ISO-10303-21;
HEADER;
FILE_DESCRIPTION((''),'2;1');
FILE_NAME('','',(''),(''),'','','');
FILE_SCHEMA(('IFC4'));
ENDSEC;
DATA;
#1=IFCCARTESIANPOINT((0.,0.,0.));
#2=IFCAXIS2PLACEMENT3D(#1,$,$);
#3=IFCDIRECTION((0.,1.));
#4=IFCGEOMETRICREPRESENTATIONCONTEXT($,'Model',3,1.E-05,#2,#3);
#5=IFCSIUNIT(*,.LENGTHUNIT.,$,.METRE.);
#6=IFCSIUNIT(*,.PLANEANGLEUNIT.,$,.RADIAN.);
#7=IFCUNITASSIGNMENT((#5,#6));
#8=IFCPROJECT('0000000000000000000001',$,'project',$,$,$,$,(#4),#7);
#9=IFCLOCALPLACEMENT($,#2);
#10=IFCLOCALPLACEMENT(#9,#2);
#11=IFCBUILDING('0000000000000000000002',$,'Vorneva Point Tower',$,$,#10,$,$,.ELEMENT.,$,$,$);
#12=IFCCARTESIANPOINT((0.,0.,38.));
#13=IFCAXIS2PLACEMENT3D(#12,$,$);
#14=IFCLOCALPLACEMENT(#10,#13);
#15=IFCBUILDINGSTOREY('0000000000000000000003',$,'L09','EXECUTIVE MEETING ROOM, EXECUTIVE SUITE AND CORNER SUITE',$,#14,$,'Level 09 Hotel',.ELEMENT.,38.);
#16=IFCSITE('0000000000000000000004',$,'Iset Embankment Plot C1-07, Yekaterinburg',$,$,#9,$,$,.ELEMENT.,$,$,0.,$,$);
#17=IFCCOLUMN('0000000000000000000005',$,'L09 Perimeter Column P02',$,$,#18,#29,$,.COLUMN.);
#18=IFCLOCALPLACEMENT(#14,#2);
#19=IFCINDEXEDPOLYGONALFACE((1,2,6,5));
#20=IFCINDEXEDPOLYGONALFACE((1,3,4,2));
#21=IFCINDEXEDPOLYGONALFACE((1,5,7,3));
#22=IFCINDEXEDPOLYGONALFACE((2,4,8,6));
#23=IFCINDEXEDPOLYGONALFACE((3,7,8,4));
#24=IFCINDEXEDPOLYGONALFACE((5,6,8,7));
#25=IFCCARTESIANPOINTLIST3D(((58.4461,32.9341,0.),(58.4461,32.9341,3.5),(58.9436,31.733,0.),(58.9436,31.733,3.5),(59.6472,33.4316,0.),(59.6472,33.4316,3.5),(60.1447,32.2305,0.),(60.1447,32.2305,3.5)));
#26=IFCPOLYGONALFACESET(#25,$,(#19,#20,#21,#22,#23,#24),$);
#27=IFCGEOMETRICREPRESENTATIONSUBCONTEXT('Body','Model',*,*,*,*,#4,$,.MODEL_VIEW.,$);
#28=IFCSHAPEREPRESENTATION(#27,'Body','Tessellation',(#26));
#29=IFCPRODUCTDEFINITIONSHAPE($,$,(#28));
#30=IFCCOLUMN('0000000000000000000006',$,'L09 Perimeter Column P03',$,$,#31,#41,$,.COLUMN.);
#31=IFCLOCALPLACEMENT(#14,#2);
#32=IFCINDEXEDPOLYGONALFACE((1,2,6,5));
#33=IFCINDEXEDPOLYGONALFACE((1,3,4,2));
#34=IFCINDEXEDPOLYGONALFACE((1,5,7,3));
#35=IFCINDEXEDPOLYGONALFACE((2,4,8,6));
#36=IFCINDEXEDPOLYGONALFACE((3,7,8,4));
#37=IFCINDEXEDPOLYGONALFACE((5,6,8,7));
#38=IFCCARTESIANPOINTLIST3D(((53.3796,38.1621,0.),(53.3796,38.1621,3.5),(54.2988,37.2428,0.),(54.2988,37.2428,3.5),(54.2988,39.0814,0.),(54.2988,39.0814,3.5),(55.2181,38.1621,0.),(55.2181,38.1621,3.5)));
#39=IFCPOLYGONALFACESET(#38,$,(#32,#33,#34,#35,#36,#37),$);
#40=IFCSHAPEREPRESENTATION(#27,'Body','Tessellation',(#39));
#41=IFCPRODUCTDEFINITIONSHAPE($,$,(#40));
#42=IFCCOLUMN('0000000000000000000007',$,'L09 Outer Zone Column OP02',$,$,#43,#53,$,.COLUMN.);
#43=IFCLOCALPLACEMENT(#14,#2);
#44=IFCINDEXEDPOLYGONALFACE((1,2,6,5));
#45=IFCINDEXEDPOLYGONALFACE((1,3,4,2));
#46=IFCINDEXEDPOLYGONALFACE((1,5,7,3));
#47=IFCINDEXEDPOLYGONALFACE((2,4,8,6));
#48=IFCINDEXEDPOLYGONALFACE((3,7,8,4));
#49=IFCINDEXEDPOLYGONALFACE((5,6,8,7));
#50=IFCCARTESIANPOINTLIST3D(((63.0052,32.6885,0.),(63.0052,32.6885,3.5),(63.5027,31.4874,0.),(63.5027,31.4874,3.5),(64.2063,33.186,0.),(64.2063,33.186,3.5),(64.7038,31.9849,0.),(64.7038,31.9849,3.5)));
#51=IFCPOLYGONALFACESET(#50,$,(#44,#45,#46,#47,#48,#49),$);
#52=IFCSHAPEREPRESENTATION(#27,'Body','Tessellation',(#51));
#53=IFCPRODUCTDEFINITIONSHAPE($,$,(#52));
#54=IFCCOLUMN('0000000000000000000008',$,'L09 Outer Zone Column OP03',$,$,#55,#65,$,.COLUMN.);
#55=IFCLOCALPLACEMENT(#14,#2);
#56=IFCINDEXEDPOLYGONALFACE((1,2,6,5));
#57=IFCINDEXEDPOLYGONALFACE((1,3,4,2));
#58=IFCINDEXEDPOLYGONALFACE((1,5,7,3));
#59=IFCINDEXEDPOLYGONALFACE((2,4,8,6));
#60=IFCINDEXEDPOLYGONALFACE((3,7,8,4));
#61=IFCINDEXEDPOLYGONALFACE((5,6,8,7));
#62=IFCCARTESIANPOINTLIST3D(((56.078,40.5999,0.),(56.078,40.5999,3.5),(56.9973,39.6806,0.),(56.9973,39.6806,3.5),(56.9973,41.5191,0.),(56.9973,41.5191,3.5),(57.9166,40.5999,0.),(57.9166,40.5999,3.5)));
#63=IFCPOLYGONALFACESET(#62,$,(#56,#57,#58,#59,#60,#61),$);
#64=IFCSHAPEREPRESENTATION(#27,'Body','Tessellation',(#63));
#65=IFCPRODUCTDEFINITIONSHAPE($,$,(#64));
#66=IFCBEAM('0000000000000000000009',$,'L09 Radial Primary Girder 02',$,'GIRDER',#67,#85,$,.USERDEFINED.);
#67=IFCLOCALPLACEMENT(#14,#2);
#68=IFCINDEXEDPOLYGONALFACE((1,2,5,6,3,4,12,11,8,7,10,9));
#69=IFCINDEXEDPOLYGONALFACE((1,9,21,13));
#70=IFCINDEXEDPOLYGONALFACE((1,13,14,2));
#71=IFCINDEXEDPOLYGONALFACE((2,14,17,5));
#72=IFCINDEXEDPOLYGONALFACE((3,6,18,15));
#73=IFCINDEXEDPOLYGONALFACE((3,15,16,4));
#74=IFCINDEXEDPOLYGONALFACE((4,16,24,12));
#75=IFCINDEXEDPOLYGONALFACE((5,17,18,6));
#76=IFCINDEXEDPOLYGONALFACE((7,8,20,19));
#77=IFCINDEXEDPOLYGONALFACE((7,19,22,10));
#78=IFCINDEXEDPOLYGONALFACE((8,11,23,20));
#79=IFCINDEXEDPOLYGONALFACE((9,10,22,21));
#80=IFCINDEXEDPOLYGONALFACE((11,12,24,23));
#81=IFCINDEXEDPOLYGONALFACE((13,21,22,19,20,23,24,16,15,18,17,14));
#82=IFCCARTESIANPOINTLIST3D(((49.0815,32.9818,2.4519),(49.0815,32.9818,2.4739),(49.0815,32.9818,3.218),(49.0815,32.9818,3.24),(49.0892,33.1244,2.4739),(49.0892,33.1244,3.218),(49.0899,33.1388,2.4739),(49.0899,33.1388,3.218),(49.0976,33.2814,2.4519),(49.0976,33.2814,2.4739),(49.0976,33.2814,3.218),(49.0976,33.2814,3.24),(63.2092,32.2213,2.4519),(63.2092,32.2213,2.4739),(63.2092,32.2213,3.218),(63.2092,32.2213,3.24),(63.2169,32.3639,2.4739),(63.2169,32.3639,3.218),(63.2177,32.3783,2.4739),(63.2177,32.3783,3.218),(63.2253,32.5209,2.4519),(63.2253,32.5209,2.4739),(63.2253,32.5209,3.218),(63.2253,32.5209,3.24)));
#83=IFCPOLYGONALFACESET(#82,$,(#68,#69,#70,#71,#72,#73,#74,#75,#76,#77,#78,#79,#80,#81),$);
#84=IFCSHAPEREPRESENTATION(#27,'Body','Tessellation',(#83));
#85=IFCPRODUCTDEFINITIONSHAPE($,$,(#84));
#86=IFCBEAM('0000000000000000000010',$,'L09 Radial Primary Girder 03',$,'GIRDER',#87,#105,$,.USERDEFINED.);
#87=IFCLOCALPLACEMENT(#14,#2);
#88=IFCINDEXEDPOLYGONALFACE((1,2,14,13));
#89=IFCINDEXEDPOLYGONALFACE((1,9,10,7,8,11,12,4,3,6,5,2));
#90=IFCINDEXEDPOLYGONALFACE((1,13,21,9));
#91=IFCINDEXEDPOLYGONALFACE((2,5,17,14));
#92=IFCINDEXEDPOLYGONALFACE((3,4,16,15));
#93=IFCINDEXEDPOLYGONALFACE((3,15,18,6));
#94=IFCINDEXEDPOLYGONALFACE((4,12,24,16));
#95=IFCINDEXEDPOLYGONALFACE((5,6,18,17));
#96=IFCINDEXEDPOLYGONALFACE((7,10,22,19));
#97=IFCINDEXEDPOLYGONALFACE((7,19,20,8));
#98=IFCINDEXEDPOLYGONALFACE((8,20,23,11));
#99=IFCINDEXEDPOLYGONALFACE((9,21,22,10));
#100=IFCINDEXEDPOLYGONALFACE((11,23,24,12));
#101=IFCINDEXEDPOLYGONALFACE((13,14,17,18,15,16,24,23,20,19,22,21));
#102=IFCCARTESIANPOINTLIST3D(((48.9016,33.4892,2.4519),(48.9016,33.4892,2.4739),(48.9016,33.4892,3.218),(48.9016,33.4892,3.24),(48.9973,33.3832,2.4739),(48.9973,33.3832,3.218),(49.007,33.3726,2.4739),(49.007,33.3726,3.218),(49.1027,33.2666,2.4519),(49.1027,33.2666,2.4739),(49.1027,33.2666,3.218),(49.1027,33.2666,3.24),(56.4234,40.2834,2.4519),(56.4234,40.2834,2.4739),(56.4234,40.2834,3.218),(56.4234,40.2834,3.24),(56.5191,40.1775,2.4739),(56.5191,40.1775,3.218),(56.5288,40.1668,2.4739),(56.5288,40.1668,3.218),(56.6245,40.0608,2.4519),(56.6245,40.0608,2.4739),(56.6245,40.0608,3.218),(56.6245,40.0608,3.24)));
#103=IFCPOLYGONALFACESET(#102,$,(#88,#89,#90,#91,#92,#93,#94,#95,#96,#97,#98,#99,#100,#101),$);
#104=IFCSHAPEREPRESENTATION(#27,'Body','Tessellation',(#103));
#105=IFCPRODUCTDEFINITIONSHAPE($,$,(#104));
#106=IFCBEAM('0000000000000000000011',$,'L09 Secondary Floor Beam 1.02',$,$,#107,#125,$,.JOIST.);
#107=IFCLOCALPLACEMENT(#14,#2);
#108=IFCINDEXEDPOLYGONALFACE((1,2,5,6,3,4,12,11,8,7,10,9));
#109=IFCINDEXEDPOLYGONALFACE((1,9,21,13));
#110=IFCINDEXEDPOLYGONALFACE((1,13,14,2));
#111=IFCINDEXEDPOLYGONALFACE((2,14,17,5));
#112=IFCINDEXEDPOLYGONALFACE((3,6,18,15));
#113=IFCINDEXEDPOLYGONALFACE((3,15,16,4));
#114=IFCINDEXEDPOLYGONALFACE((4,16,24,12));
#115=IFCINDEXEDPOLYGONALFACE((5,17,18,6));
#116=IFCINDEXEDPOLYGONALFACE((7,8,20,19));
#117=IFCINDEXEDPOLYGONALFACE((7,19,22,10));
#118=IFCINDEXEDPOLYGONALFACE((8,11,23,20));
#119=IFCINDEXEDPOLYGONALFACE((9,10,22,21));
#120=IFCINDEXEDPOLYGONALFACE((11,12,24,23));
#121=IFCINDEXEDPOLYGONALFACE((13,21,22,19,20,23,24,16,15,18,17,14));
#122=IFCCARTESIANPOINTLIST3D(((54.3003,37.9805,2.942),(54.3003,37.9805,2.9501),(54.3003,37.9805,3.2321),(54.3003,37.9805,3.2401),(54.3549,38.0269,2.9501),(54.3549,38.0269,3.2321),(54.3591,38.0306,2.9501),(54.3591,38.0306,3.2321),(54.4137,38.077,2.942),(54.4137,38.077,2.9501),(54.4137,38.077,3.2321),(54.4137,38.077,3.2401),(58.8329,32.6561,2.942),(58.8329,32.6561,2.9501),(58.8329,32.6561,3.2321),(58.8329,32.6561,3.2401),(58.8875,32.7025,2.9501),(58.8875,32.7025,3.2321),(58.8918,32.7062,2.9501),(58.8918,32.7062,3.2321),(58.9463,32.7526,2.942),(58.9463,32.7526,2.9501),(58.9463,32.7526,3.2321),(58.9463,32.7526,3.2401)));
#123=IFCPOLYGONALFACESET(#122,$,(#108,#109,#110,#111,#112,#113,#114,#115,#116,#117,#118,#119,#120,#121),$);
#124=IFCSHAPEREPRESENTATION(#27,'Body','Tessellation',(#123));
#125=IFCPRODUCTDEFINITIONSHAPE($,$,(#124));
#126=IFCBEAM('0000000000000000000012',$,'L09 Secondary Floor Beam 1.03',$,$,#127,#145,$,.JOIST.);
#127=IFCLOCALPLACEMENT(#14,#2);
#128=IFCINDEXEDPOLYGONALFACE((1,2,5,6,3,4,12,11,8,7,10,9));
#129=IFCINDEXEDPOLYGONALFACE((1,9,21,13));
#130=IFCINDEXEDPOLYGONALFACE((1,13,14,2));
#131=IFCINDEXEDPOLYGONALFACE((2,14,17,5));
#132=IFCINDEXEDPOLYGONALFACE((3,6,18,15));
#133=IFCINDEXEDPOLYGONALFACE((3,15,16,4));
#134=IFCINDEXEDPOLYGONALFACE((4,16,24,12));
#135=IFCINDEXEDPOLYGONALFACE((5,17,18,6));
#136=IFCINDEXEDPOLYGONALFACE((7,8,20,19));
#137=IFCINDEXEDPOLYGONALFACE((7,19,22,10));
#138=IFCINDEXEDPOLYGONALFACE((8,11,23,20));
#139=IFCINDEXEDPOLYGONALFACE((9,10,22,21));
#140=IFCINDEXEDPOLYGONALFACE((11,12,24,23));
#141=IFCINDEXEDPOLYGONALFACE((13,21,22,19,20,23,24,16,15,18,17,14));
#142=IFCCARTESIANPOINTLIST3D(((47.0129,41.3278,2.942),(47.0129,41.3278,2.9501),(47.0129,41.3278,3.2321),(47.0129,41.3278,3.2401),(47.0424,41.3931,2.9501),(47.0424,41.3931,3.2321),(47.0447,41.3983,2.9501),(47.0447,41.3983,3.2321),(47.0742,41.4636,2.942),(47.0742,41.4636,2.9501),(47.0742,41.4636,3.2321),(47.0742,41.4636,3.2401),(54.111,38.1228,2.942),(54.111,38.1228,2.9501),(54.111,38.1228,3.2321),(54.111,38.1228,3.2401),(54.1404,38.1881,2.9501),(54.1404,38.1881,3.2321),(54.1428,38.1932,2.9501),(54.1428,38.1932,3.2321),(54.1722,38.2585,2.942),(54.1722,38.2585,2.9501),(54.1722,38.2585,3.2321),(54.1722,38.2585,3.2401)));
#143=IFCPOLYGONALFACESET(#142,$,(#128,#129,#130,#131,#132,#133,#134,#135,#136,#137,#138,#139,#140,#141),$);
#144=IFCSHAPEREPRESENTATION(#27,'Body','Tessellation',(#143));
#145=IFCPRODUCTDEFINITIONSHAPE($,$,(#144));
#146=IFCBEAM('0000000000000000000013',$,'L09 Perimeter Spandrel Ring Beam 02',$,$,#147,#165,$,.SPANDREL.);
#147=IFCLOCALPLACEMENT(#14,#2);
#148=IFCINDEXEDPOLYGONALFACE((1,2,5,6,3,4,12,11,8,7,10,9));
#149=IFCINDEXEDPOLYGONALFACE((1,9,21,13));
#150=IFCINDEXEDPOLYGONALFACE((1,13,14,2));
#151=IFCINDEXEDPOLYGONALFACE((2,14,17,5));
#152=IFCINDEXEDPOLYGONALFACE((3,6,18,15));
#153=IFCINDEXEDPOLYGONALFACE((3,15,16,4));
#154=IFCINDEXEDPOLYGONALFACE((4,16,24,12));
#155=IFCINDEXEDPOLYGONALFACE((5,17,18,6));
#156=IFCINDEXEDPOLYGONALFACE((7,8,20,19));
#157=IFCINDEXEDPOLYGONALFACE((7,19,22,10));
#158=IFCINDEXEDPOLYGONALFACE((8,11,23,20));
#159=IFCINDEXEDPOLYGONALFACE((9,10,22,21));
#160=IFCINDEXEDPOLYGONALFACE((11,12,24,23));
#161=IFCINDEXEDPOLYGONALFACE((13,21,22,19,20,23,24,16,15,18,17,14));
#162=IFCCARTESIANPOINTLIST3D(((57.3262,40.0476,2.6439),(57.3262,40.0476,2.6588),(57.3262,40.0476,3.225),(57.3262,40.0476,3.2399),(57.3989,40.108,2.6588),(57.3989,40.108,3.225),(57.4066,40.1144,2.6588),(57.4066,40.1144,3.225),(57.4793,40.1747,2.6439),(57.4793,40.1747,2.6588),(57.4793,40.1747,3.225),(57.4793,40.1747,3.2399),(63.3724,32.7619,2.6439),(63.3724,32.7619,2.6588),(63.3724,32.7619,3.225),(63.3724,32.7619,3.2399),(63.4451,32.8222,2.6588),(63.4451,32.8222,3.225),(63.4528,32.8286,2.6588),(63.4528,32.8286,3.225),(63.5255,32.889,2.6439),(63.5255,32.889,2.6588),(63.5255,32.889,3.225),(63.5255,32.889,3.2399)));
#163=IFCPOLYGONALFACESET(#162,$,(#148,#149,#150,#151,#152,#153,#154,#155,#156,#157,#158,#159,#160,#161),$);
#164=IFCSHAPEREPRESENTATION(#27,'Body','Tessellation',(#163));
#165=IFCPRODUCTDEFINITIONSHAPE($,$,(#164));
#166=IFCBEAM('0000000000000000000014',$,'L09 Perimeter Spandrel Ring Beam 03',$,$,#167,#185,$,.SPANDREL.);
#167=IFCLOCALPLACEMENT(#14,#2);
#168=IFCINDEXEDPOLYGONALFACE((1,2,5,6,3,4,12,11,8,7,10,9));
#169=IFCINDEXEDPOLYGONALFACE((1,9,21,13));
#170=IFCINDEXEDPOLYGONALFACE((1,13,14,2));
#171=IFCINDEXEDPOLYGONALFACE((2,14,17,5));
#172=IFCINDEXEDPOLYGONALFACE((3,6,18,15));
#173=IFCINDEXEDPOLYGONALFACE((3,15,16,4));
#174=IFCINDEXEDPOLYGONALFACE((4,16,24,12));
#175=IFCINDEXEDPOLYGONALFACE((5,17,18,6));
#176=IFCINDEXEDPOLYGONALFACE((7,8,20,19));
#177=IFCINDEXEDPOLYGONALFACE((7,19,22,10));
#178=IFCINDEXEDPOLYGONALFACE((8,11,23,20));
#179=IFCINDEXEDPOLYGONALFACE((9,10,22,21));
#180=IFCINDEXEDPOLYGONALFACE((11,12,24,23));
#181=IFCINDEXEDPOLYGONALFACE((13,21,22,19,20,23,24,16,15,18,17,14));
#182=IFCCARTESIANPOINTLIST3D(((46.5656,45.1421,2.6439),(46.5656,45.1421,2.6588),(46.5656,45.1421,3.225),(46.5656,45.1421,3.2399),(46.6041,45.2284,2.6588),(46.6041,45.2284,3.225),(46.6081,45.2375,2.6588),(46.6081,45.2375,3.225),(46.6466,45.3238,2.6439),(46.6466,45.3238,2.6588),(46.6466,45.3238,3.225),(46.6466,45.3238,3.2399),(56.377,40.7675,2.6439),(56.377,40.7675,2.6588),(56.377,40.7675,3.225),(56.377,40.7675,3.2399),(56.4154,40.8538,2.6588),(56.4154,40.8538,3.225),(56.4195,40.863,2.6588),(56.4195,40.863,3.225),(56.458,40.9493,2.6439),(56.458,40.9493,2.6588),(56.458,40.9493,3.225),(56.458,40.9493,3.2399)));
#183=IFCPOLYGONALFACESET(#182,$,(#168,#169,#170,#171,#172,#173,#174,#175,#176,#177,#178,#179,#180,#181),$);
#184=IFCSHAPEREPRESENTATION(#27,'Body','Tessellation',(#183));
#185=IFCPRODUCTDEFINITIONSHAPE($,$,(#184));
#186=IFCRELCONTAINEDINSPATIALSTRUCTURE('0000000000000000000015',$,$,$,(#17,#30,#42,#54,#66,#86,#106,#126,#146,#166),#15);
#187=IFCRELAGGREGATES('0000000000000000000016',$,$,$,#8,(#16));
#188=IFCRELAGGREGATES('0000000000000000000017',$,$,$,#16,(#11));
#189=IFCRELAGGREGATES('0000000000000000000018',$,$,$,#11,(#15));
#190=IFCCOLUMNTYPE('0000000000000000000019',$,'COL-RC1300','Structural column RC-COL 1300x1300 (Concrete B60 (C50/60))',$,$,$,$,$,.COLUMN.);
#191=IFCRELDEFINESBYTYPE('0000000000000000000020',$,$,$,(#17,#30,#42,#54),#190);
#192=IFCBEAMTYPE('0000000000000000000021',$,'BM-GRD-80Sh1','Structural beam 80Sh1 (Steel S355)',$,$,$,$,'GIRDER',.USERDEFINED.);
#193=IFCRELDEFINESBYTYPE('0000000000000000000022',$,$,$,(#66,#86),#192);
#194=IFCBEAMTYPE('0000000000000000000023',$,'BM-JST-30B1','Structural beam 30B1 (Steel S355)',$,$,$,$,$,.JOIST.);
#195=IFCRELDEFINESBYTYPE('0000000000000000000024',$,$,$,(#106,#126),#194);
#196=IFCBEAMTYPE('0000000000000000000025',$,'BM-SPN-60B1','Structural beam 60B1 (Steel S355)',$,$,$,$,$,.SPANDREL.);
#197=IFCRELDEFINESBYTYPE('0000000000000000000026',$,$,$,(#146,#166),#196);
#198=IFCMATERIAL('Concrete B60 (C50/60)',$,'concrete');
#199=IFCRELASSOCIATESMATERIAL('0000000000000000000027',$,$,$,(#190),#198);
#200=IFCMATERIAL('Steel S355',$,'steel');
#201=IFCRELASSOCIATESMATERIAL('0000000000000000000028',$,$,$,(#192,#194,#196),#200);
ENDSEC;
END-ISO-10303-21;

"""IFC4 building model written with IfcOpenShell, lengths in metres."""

from ifc_helpers import new_model, si_unit, direction, frame, origin, origin_2d, place, context, subcontext, project, spatial, rectangle, i_section, extrude, material, material_profile, profile_set, type_object, element, save


model = new_model("IFC4")

# Units and contexts
model_context = context("Model", 3, precision=1e-05, world=origin(), true_north=direction((0.0, 1.0)))
body_context = subcontext(model_context, "Body", "Model", "MODEL_VIEW")
ifc_project = project(units=[si_unit("LENGTHUNIT", "METRE"), si_unit("PLANEANGLEUNIT", "RADIAN")], contexts=[model_context])

# Site, building, storey
site_placement = place(None, origin())
site = spatial("IfcSite", under=ifc_project, at=site_placement, Name="Iset Embankment Plot C1-07, Yekaterinburg", CompositionType="ELEMENT", RefElevation=0.0)
building_placement = place(site_placement, origin())
building = spatial("IfcBuilding", under=site, at=building_placement, Name="Vorneva Point Tower", CompositionType="ELEMENT")
storey_placement = place(building_placement, frame((0.0, 0.0, 38.0)))
storey = spatial("IfcBuildingStorey", under=building, at=storey_placement, Name="L09", Description="EXECUTIVE MEETING ROOM, EXECUTIVE SUITE AND CORNER SUITE", LongName="Level 09 Hotel", CompositionType="ELEMENT", Elevation=38.0)

# Columns
ifc_material_1 = material(Name="Concrete B60 (C50/60)", Category="concrete")
ifc_material_profile_1 = material_profile(ifc_material_1, rectangle(XDim=1.3, YDim=1.3, at=origin_2d()), Name="RC-COL 1300x1300")
ifc_profile_set_1 = profile_set([ifc_material_profile_1], Name="Concrete B60 (C50/60)")
column_type = type_object("IfcColumnType", Name="COL-RC1300", Description="Structural column RC-COL 1300x1300 (Concrete B60 (C50/60))", PredefinedType="COLUMN", material=ifc_profile_set_1)
for number, where, z_axis, x_axis, name in (
    (1, (59.2954, 32.5823, 0.0), (0.0, 0.0, 1.0), (0.92388, 0.382683, 0.0), "L09 Perimeter Column P02"),
    (2, (54.2988, 38.1621, 0.0), (0.0, 0.0, 1.0), (0.707107, 0.707107, 0.0), "L09 Perimeter Column P03"),
    (3, (63.8545, 32.3367, 0.0), (0.0, 0.0, 1.0), (0.92388, 0.382683, 0.0), "L09 Outer Zone Column OP02"),
    (4, (56.9973, 40.5999, 0.0), (0.0, 0.0, 1.0), (0.707107, 0.707107, 0.0), "L09 Outer Zone Column OP03"),
):
    element("IfcColumn", number, at=place(storey_placement, frame(where, z_axis=z_axis, x_axis=x_axis)), inside=storey, type_object=column_type, Name=name, PredefinedType="COLUMN", context=body_context, shape_type="SweptSolid", body=[
        extrude(rectangle(XDim=1.3, YDim=1.3, at=origin_2d()), origin(), (0.0, 0.0, 1.0), 3.5),
    ])

# Beams
ifc_material_2 = material(Name="Steel S355", Category="steel")
ifc_material_profile_2 = material_profile(ifc_material_2, i_section(OverallWidth=0.3, OverallDepth=0.7881, WebThickness=0.0144, FlangeThickness=0.022, at=origin_2d()), Name="80Sh1")
ifc_profile_set_2 = profile_set([ifc_material_profile_2], Name="Steel S355")
beam_type_1 = type_object("IfcBeamType", Name="BM-GRD-80Sh1", Description="Structural beam 80Sh1 (Steel S355)", ElementType="GIRDER", PredefinedType="USERDEFINED", material=ifc_profile_set_2)
beam_1_placement = place(storey_placement, frame((63.2173, 32.3711, 2.8459), z_axis=(-0.998554, 0.053753, 0.0), x_axis=(-0.053753, -0.998554, 0.0)))
element("IfcBeam", 5, at=beam_1_placement, inside=storey, type_object=beam_type_1, Name="L09 Radial Primary Girder 02", ObjectType="GIRDER", PredefinedType="USERDEFINED", context=body_context, shape_type="SweptSolid", body=[
    extrude(i_section(OverallWidth=0.3, OverallDepth=0.7881, WebThickness=0.0144, FlangeThickness=0.022, at=origin_2d()), origin(), (0.0, 0.0, 1.0), 14.1482),
])
beam_2_placement = place(storey_placement, frame((56.5239, 40.1721, 2.8459), z_axis=(-0.742084, -0.670306, 0.0), x_axis=(0.670306, -0.742084, 0.0)))
element("IfcBeam", 6, at=beam_2_placement, inside=storey, type_object=beam_type_1, Name="L09 Radial Primary Girder 03", ObjectType="GIRDER", PredefinedType="USERDEFINED", context=body_context, shape_type="SweptSolid", body=[
    extrude(i_section(OverallWidth=0.3, OverallDepth=0.7881, WebThickness=0.0144, FlangeThickness=0.022, at=origin_2d()), origin(), (0.0, 0.0, 1.0), 10.136),
])
ifc_material_profile_3 = material_profile(ifc_material_2, i_section(OverallWidth=0.1489, OverallDepth=0.2981, WebThickness=0.0056, FlangeThickness=0.0081, at=origin_2d()), Name="30B1")
ifc_profile_set_3 = profile_set([ifc_material_profile_3], Name="Steel S355")
beam_type_2 = type_object("IfcBeamType", Name="BM-JST-30B1", Description="Structural beam 30B1 (Steel S355)", PredefinedType="JOIST", material=ifc_profile_set_3)
beam_3_placement = place(storey_placement, frame((58.8896, 32.7043, 3.0911), z_axis=(-0.648223, 0.761451, 0.0), x_axis=(-0.761451, -0.648223, 0.0)))
element("IfcBeam", 7, at=beam_3_placement, inside=storey, type_object=beam_type_2, Name="L09 Secondary Floor Beam 1.02", PredefinedType="JOIST", context=body_context, shape_type="SweptSolid", body=[
    extrude(i_section(OverallWidth=0.1489, OverallDepth=0.2981, WebThickness=0.0056, FlangeThickness=0.0081, at=origin_2d()), origin(), (0.0, 0.0, 1.0), 6.9924),
])
beam_4_placement = place(storey_placement, frame((54.1416, 38.1907, 3.0911), z_axis=(-0.911396, 0.41153, 0.0), x_axis=(-0.41153, -0.911396, 0.0)))
element("IfcBeam", 8, at=beam_4_placement, inside=storey, type_object=beam_type_2, Name="L09 Secondary Floor Beam 1.03", PredefinedType="JOIST", context=body_context, shape_type="SweptSolid", body=[
    extrude(i_section(OverallWidth=0.1489, OverallDepth=0.2981, WebThickness=0.0056, FlangeThickness=0.0081, at=origin_2d()), origin(), (0.0, 0.0, 1.0), 7.7881),
])
ifc_material_profile_4 = material_profile(ifc_material_2, i_section(OverallWidth=0.199, OverallDepth=0.5959, WebThickness=0.01, FlangeThickness=0.0149, at=origin_2d()), Name="60B1")
ifc_profile_set_4 = profile_set([ifc_material_profile_4], Name="Steel S355")
beam_type_3 = type_object("IfcBeamType", Name="BM-SPN-60B1", Description="Structural beam 60B1 (Steel S355)", PredefinedType="SPANDREL", material=ifc_profile_set_4)
beam_5_placement = place(storey_placement, frame((63.449, 32.8254, 2.9419), z_axis=(-0.63861, 0.76953, 0.0), x_axis=(-0.76953, -0.63861, 0.0)))
element("IfcBeam", 9, at=beam_5_placement, inside=storey, type_object=beam_type_3, Name="L09 Perimeter Spandrel Ring Beam 02", PredefinedType="SPANDREL", context=body_context, shape_type="SweptSolid", body=[
    extrude(i_section(OverallWidth=0.199, OverallDepth=0.5959, WebThickness=0.01, FlangeThickness=0.0149, at=origin_2d()), origin(), (0.0, 0.0, 1.0), 9.4678),
])
beam_6_placement = place(storey_placement, frame((56.4175, 40.8584, 2.9419), z_axis=(-0.913329, 0.407222, 0.0), x_axis=(-0.407222, -0.913329, 0.0)))
element("IfcBeam", 10, at=beam_6_placement, inside=storey, type_object=beam_type_3, Name="L09 Perimeter Spandrel Ring Beam 03", PredefinedType="SPANDREL", context=body_context, shape_type="SweptSolid", body=[
    extrude(i_section(OverallWidth=0.199, OverallDepth=0.5959, WebThickness=0.01, FlangeThickness=0.0149, at=origin_2d()), origin(), (0.0, 0.0, 1.0), 10.7424),
])

save(model, "model.ifc")
